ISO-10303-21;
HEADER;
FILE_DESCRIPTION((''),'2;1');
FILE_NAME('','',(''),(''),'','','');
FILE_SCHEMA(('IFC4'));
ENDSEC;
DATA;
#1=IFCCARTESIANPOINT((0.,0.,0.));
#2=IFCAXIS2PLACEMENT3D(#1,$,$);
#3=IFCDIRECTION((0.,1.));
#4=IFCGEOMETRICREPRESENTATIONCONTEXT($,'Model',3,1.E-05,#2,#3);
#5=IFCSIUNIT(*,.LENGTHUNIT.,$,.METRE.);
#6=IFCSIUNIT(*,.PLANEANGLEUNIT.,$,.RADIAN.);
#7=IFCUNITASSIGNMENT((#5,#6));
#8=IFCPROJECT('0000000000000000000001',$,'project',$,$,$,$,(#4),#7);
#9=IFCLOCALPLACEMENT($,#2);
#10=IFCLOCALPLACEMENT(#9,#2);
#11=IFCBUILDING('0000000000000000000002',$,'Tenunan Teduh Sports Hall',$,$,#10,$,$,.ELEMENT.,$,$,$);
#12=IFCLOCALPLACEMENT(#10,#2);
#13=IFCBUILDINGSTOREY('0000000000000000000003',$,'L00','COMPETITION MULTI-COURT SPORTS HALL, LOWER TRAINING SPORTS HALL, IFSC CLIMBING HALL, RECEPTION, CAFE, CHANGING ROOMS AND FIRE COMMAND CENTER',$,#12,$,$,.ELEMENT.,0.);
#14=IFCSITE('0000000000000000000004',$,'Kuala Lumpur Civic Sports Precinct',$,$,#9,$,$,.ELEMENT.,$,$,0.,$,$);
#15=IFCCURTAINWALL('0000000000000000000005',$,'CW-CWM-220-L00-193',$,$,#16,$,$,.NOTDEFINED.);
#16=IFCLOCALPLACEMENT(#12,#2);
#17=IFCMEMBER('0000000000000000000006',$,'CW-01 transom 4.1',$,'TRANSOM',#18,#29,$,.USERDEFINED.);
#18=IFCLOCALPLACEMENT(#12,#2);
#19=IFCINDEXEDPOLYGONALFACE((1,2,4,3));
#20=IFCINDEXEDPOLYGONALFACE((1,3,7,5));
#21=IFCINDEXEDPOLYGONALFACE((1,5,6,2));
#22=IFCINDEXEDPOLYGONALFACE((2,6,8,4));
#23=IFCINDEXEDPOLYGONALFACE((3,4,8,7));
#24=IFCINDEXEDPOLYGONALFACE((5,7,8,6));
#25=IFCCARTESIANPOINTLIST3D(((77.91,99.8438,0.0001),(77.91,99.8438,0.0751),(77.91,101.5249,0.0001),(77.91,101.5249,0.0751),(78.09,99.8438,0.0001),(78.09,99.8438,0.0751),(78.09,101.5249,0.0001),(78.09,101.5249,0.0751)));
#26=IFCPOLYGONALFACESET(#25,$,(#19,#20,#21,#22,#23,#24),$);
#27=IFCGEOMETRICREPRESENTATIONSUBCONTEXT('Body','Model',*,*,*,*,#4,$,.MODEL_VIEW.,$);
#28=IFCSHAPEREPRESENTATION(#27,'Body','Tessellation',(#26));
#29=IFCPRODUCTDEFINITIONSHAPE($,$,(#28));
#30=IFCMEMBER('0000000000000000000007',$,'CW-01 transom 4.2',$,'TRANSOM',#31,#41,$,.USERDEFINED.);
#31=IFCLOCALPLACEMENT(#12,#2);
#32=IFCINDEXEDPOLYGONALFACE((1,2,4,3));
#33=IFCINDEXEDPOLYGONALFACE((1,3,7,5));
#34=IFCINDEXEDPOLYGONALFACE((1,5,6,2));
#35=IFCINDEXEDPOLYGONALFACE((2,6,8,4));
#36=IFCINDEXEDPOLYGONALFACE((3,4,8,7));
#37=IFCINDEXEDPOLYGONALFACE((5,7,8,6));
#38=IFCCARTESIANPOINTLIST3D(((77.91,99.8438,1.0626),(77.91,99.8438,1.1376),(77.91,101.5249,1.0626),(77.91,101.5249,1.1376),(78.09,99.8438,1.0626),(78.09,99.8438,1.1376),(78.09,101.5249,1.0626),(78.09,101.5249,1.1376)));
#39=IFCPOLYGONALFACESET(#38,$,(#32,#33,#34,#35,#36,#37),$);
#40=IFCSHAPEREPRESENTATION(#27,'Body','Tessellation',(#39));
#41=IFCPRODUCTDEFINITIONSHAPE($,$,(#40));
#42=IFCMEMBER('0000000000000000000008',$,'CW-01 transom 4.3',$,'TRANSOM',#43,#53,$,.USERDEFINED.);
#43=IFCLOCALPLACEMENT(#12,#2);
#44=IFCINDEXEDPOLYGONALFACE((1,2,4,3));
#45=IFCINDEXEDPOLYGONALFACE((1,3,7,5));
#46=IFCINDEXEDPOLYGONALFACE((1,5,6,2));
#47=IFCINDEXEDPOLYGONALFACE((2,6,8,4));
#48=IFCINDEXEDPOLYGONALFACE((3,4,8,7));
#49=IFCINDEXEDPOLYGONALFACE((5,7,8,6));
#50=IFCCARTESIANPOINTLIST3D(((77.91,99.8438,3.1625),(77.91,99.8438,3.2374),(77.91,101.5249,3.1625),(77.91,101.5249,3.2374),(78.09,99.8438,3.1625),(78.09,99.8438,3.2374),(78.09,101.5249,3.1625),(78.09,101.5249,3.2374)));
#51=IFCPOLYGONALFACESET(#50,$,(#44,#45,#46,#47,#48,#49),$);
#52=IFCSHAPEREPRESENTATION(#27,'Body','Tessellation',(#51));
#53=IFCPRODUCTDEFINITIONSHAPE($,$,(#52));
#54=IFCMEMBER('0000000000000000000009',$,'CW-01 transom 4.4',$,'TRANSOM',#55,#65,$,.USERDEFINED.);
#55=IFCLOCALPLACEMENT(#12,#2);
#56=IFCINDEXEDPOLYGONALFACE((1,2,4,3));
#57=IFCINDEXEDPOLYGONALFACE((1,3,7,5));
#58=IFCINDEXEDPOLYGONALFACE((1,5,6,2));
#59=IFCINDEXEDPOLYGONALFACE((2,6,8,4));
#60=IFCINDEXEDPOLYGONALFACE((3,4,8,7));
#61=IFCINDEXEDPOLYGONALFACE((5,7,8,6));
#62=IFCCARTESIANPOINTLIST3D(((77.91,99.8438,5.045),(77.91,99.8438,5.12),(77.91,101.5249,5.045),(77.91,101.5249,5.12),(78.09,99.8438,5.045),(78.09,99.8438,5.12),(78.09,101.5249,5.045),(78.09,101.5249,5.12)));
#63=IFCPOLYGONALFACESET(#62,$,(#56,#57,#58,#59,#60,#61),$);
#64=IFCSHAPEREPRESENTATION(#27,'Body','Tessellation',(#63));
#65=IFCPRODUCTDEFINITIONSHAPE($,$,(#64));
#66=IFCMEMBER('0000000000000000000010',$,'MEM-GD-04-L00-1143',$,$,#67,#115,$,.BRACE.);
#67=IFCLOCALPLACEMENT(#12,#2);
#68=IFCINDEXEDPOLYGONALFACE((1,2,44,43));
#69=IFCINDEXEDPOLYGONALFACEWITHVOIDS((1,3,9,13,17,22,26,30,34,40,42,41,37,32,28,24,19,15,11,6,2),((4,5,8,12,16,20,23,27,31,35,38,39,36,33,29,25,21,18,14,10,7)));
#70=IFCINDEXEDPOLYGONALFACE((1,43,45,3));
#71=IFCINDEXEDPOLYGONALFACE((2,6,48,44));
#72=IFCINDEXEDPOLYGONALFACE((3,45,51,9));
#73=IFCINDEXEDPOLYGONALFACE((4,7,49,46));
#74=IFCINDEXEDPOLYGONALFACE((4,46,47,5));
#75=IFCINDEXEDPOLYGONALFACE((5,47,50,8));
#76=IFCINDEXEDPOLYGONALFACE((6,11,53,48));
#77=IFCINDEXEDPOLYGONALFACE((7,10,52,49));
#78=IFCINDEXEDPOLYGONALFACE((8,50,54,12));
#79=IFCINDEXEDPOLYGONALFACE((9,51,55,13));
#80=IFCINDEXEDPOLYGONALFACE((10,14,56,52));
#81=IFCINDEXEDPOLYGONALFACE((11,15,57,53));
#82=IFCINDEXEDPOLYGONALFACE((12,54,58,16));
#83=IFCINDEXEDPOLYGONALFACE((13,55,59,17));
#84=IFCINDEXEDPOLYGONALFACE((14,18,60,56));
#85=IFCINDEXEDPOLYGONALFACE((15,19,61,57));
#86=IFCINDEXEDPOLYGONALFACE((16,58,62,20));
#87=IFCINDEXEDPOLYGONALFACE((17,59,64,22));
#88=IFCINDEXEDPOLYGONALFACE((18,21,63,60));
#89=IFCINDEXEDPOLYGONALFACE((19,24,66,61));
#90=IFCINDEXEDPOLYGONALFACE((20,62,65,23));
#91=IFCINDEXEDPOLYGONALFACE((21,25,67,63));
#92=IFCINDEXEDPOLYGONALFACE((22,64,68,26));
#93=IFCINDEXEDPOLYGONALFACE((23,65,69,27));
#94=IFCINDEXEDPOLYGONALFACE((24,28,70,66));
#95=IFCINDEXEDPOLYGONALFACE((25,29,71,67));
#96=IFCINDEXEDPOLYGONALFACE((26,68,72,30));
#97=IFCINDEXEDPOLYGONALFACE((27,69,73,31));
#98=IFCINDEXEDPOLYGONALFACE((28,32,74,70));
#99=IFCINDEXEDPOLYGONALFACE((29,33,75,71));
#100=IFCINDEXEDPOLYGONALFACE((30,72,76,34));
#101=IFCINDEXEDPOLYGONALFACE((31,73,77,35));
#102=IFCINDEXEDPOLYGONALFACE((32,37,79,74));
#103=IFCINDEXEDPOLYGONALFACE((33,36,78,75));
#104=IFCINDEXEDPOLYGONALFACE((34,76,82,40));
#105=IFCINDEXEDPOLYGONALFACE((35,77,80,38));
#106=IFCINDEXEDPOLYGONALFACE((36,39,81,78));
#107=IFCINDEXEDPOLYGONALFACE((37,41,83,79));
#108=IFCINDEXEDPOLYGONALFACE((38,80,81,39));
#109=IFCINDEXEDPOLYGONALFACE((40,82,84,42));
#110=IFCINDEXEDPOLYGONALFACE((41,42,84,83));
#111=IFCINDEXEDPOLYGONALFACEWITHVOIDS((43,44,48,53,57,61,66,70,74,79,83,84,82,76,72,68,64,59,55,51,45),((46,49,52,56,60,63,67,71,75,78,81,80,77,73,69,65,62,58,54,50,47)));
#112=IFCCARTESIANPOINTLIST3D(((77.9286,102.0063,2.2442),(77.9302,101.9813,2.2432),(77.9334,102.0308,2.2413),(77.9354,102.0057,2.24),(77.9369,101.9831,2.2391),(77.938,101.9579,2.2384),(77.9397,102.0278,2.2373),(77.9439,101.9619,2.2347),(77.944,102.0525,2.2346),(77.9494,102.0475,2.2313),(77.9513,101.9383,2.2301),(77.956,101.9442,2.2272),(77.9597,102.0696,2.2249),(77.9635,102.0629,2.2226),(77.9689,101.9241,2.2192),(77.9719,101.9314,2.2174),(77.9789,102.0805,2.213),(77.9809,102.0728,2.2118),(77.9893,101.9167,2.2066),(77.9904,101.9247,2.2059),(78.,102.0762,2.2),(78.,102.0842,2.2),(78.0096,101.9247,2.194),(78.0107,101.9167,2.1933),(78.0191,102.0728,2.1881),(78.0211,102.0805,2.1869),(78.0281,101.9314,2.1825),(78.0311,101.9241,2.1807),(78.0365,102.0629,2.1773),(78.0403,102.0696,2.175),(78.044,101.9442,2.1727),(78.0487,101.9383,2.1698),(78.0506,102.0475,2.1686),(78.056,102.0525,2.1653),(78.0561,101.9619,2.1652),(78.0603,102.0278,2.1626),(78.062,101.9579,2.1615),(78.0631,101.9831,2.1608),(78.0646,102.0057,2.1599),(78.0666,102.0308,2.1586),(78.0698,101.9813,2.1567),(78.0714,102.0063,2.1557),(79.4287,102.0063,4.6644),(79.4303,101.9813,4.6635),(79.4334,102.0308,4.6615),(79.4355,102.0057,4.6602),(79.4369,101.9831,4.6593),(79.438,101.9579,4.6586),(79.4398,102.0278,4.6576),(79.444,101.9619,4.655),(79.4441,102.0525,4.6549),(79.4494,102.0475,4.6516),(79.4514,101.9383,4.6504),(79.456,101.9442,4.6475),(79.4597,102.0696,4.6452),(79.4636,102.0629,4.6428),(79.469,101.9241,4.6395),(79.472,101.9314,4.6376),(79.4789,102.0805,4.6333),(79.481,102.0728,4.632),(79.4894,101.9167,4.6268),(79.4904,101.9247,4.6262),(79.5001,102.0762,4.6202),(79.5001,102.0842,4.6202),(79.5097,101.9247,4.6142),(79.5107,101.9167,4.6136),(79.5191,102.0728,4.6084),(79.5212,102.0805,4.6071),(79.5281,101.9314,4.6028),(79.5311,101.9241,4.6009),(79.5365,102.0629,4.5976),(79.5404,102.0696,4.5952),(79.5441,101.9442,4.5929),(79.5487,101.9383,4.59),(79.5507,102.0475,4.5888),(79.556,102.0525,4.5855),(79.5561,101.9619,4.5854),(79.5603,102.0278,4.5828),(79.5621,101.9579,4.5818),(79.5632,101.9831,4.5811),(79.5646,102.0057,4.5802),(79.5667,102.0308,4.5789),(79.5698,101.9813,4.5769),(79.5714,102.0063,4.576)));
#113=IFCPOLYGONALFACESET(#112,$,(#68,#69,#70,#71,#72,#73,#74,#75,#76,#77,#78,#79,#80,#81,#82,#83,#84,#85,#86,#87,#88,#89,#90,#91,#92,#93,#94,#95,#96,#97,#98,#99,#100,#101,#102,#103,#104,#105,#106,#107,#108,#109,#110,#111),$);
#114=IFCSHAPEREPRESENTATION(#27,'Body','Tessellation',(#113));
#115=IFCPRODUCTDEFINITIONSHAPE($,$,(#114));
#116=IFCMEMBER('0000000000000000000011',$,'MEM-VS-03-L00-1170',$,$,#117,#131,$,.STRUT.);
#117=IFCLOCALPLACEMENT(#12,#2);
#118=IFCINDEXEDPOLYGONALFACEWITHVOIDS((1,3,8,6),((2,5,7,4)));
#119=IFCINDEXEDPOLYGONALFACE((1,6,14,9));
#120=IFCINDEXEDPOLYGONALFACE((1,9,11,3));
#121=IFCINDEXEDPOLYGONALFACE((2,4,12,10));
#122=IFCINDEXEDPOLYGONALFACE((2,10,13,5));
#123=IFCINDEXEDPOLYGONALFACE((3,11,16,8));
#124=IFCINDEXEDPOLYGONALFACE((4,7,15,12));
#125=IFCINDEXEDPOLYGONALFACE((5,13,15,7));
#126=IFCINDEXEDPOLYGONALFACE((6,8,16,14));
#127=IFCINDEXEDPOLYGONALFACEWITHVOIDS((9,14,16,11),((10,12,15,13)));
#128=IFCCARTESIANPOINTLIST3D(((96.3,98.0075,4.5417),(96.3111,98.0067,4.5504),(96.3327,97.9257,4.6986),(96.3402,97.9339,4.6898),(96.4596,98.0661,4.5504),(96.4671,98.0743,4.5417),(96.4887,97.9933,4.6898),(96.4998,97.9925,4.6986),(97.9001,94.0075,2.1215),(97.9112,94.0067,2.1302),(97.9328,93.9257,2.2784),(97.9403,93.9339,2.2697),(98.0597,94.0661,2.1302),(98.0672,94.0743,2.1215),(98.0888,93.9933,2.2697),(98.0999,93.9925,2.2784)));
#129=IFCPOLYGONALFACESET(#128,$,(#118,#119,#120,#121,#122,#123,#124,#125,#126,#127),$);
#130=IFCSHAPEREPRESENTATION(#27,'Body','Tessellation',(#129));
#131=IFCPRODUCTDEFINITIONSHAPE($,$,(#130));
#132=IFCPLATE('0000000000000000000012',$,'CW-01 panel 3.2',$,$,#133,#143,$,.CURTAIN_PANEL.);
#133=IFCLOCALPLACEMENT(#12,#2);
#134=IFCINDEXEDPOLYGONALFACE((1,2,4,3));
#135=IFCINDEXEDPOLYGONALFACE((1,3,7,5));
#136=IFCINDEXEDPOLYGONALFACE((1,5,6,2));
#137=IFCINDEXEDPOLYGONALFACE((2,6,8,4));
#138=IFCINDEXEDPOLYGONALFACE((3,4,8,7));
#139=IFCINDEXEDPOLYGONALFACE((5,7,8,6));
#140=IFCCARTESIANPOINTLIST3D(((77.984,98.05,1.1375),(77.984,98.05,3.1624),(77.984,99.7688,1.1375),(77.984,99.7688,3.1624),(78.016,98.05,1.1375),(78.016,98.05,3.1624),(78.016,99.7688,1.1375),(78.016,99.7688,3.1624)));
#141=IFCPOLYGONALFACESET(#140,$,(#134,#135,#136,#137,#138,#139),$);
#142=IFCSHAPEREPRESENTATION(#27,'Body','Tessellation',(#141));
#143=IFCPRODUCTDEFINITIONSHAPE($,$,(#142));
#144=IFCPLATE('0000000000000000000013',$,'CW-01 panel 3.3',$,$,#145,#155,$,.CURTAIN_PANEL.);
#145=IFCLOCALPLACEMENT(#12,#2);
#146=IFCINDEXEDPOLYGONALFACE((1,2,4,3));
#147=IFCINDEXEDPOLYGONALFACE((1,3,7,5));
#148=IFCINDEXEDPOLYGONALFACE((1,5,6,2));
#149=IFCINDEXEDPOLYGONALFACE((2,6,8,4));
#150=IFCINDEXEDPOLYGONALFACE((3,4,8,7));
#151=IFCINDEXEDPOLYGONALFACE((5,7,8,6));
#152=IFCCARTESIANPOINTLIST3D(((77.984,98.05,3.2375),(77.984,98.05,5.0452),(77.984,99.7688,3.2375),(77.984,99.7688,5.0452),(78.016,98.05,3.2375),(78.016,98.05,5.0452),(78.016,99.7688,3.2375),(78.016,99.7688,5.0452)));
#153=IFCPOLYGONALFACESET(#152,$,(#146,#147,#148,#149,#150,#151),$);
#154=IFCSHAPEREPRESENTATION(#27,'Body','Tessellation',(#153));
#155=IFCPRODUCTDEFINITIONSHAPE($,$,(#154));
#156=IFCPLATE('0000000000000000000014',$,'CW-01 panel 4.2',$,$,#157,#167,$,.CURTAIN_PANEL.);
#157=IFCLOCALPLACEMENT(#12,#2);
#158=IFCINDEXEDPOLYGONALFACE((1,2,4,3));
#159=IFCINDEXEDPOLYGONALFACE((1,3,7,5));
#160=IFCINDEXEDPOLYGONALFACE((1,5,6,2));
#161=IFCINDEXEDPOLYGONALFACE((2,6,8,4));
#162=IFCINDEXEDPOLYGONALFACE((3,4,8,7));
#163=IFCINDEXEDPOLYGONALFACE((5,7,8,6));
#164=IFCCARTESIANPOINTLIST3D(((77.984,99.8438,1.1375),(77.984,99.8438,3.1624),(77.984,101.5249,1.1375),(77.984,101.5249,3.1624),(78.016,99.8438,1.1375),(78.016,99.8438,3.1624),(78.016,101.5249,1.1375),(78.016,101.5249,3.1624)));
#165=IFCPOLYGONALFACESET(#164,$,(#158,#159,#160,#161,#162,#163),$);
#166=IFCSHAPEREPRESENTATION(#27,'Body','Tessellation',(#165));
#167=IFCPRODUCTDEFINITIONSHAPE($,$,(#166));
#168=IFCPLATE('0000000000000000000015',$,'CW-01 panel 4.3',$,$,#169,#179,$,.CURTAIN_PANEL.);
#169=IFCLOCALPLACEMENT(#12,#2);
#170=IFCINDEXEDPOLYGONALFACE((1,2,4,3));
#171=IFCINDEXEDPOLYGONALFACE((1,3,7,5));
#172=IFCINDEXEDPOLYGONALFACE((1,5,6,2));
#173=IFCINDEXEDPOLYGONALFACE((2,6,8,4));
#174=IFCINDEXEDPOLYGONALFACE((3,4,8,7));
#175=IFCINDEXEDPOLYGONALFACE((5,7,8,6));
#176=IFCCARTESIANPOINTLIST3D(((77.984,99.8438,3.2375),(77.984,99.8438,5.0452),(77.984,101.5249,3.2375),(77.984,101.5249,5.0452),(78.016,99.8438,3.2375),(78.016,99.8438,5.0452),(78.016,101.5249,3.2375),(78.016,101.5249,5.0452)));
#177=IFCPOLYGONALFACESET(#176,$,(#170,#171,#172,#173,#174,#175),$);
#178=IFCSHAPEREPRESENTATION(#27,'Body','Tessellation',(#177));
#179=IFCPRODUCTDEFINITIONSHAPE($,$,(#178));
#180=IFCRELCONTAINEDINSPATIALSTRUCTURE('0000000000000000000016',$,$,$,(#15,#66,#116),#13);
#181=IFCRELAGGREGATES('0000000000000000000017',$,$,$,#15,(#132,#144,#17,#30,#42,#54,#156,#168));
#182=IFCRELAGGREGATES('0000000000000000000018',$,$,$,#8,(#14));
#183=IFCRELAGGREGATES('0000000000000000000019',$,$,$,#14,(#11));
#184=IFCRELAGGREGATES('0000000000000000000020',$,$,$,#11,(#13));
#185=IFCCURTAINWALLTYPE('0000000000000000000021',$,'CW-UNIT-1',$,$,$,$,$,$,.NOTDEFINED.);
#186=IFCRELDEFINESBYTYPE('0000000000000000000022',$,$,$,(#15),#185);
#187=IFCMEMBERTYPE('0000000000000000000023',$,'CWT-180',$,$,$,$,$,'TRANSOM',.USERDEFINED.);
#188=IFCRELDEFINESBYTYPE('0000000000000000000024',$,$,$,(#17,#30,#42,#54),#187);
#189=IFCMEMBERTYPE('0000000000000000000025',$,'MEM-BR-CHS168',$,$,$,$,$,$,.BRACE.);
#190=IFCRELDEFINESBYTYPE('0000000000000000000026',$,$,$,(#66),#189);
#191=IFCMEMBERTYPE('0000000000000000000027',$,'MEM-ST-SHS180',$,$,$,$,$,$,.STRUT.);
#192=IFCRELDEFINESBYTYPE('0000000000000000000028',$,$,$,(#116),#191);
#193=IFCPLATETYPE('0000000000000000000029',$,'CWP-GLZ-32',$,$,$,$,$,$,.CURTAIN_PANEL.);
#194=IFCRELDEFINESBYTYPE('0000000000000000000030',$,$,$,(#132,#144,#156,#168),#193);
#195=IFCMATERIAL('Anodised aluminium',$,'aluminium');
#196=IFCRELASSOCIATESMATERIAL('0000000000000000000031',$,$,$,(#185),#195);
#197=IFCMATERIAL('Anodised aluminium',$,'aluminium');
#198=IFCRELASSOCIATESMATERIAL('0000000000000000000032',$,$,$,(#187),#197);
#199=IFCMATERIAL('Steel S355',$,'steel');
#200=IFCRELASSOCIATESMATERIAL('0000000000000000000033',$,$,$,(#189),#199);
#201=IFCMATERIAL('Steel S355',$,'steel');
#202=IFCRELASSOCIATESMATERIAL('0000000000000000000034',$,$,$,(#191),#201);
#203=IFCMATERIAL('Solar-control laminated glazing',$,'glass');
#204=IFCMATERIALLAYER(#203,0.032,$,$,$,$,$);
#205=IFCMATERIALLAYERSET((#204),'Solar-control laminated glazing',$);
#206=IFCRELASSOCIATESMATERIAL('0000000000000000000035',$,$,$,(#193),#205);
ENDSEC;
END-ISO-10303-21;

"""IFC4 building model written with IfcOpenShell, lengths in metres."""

from ifc_helpers import new_model, si_unit, direction, frame, origin, origin_2d, place, context, subcontext, project, spatial, rectangle, hollow_rectangle, hollow_circle, extrude, material, layer, layer_set, material_profile, profile_set, type_object, element, aggregate, save


model = new_model("IFC4")

# Units and contexts
model_context = context("Model", 3, precision=1e-05, world=origin(), true_north=direction((0.0, 1.0)))
body_context = subcontext(model_context, "Body", "Model", "MODEL_VIEW")
ifc_project = project(units=[si_unit("LENGTHUNIT", "METRE"), si_unit("PLANEANGLEUNIT", "RADIAN")], contexts=[model_context])

# Site, building, storey
site_placement = place(None, origin())
site = spatial("IfcSite", under=ifc_project, at=site_placement, Name="Kuala Lumpur Civic Sports Precinct", CompositionType="ELEMENT", RefElevation=0.0)
building_placement = place(site_placement, origin())
building = spatial("IfcBuilding", under=site, at=building_placement, Name="Tenunan Teduh Sports Hall", CompositionType="ELEMENT")
storey_placement = place(building_placement, origin())
storey = spatial("IfcBuildingStorey", under=building, at=storey_placement, Name="L00", Description="COMPETITION MULTI-COURT SPORTS HALL, LOWER TRAINING SPORTS HALL, IFSC CLIMBING HALL, RECEPTION, CAFE, CHANGING ROOMS AND FIRE COMMAND CENTER", CompositionType="ELEMENT", Elevation=0.0)

# Curtain wall, members
ifc_material_1 = material(Name="Anodised aluminium", Category="aluminium")
curtain_wall_type = type_object("IfcCurtainWallType", Name="CW-UNIT-1", PredefinedType="NOTDEFINED", material=ifc_material_1)
curtain_wall_placement = place(storey_placement, origin())
curtain_wall = element("IfcCurtainWall", 1, at=curtain_wall_placement, inside=storey, type_object=curtain_wall_type, Name="CW-CWM-220-L00-193", PredefinedType="NOTDEFINED")
ifc_material_2 = material(Name="Anodised aluminium", Category="aluminium")
ifc_material_profile_1 = material_profile(ifc_material_2, rectangle(XDim=0.075, YDim=0.1799, at=origin_2d()), Name="CWT 75x180")
ifc_profile_set_1 = profile_set([ifc_material_profile_1], Name="Anodised aluminium")
member_type_1 = type_object("IfcMemberType", Name="CWT-180", ElementType="TRANSOM", PredefinedType="USERDEFINED", material=ifc_profile_set_1)
member_1_placement = place(storey_placement, frame((78.0, 99.8438, 0.0376), z_axis=(0.0, 1.0, 0.0), x_axis=(0.0, 0.0, 1.0)))
member_1 = element("IfcMember", 2, at=member_1_placement, type_object=member_type_1, Name="CW-01 transom 4.1", ObjectType="TRANSOM", PredefinedType="USERDEFINED", context=body_context, shape_type="SweptSolid", body=[
    extrude(rectangle(XDim=0.075, YDim=0.1799, at=origin_2d()), origin(), (0.0, 0.0, 1.0), 1.6812),
])
member_2_placement = place(storey_placement, frame((78.0, 99.8438, 1.1001), z_axis=(0.0, 1.0, 0.0), x_axis=(0.0, 0.0, 1.0)))
member_2 = element("IfcMember", 3, at=member_2_placement, type_object=member_type_1, Name="CW-01 transom 4.2", ObjectType="TRANSOM", PredefinedType="USERDEFINED", context=body_context, shape_type="SweptSolid", body=[
    extrude(rectangle(XDim=0.075, YDim=0.1799, at=origin_2d()), origin(), (0.0, 0.0, 1.0), 1.6812),
])
member_3_placement = place(storey_placement, frame((78.0, 99.8438, 3.2), z_axis=(0.0, 1.0, 0.0), x_axis=(0.0, 0.0, 1.0)))
member_3 = element("IfcMember", 4, at=member_3_placement, type_object=member_type_1, Name="CW-01 transom 4.3", ObjectType="TRANSOM", PredefinedType="USERDEFINED", context=body_context, shape_type="SweptSolid", body=[
    extrude(rectangle(XDim=0.075, YDim=0.1799, at=origin_2d()), origin(), (0.0, 0.0, 1.0), 1.6812),
])
member_4_placement = place(storey_placement, frame((78.0, 99.8438, 5.0825), z_axis=(0.0, 1.0, 0.0), x_axis=(0.0, 0.0, 1.0)))
member_4 = element("IfcMember", 5, at=member_4_placement, type_object=member_type_1, Name="CW-01 transom 4.4", ObjectType="TRANSOM", PredefinedType="USERDEFINED", context=body_context, shape_type="SweptSolid", body=[
    extrude(rectangle(XDim=0.075, YDim=0.1799, at=origin_2d()), origin(), (0.0, 0.0, 1.0), 1.6812),
])

# Members
ifc_material_3 = material(Name="Steel S355", Category="steel")
ifc_material_profile_2 = material_profile(ifc_material_3, hollow_circle(Radius=0.0842, WallThickness=0.0081, at=origin_2d()), Name="CHS 168.3x8.0")
ifc_profile_set_2 = profile_set([ifc_material_profile_2], Name="Steel S355")
member_type_2 = type_object("IfcMemberType", Name="MEM-BR-CHS168", PredefinedType="BRACE", material=ifc_profile_set_2)
member_5_placement = place(storey_placement, frame((78.0, 102.0, 2.2), z_axis=(0.526812, 0.0, 0.849982), x_axis=(0.0, 1.0, 0.0)))
element("IfcMember", 6, at=member_5_placement, inside=storey, type_object=member_type_2, Name="MEM-GD-04-L00-1143", PredefinedType="BRACE", context=body_context, shape_type="SweptSolid", body=[
    extrude(hollow_circle(Radius=0.0842, WallThickness=0.0081, at=origin_2d()), origin(), (0.0, 0.0, 1.0), 2.8474),
])
ifc_material_4 = material(Name="Steel S355", Category="steel")
ifc_material_profile_3 = material_profile(ifc_material_4, hollow_rectangle(XDim=0.1799, YDim=0.1799, WallThickness=0.01, at=origin_2d()), Name="SHS 180x180x10.0")
ifc_profile_set_3 = profile_set([ifc_material_profile_3], Name="Steel S355")
member_type_3 = type_object("IfcMemberType", Name="MEM-ST-SHS180", PredefinedType="STRUT", material=ifc_profile_set_3)
member_6_placement = place(storey_placement, frame((98.0, 94.0, 2.2), z_axis=(-0.323814, 0.809486, 0.489773), x_axis=(-0.928469, -0.37141, 0.0)))
element("IfcMember", 7, at=member_6_placement, inside=storey, type_object=member_type_3, Name="MEM-VS-03-L00-1170", PredefinedType="STRUT", context=body_context, shape_type="SweptSolid", body=[
    extrude(hollow_rectangle(XDim=0.1799, YDim=0.1799, WallThickness=0.01, at=origin_2d()), origin(), (0.0, 0.0, 1.0), 4.9414),
])

# Plates
ifc_material_5 = material(Name="Solar-control laminated glazing", Category="glass")
ifc_layer_1 = layer(ifc_material_5, 0.032)
ifc_layer_set_1 = layer_set([ifc_layer_1], Name="Solar-control laminated glazing")
plate_type_1 = type_object("IfcPlateType", Name="CWP-GLZ-32", PredefinedType="CURTAIN_PANEL", material=ifc_layer_set_1)
plate_1_placement = place(storey_placement, frame((78.0, 98.9094, 1.1375), z_axis=(0.0, 0.0, 1.0), x_axis=(0.0, 1.0, 0.0)))
plate_1 = element("IfcPlate", 8, at=plate_1_placement, type_object=plate_type_1, Name="CW-01 panel 3.2", PredefinedType="CURTAIN_PANEL", context=body_context, shape_type="SweptSolid", body=[
    extrude(rectangle(XDim=1.7188, YDim=0.032, at=origin_2d()), origin(), (0.0, 0.0, 1.0), 2.0249),
])
plate_2_placement = place(storey_placement, frame((78.0, 98.9094, 3.2375), z_axis=(0.0, 0.0, 1.0), x_axis=(0.0, 1.0, 0.0)))
plate_2 = element("IfcPlate", 9, at=plate_2_placement, type_object=plate_type_1, Name="CW-01 panel 3.3", PredefinedType="CURTAIN_PANEL", context=body_context, shape_type="SweptSolid", body=[
    extrude(rectangle(XDim=1.7188, YDim=0.032, at=origin_2d()), origin(), (0.0, 0.0, 1.0), 1.8076),
])
plate_3_placement = place(storey_placement, frame((78.0, 100.6843, 1.1375), z_axis=(0.0, 0.0, 1.0), x_axis=(0.0, 1.0, 0.0)))
plate_3 = element("IfcPlate", 10, at=plate_3_placement, type_object=plate_type_1, Name="CW-01 panel 4.2", PredefinedType="CURTAIN_PANEL", context=body_context, shape_type="SweptSolid", body=[
    extrude(rectangle(XDim=1.6812, YDim=0.032, at=origin_2d()), origin(), (0.0, 0.0, 1.0), 2.0249),
])
plate_4_placement = place(storey_placement, frame((78.0, 100.6843, 3.2375), z_axis=(0.0, 0.0, 1.0), x_axis=(0.0, 1.0, 0.0)))
plate_4 = element("IfcPlate", 11, at=plate_4_placement, type_object=plate_type_1, Name="CW-01 panel 4.3", PredefinedType="CURTAIN_PANEL", context=body_context, shape_type="SweptSolid", body=[
    extrude(rectangle(XDim=1.6812, YDim=0.032, at=origin_2d()), origin(), (0.0, 0.0, 1.0), 1.8076),
])
aggregate(curtain_wall, [plate_1, plate_2, member_1, member_2, member_3, member_4, plate_3, plate_4])

save(model, "model.ifc")
